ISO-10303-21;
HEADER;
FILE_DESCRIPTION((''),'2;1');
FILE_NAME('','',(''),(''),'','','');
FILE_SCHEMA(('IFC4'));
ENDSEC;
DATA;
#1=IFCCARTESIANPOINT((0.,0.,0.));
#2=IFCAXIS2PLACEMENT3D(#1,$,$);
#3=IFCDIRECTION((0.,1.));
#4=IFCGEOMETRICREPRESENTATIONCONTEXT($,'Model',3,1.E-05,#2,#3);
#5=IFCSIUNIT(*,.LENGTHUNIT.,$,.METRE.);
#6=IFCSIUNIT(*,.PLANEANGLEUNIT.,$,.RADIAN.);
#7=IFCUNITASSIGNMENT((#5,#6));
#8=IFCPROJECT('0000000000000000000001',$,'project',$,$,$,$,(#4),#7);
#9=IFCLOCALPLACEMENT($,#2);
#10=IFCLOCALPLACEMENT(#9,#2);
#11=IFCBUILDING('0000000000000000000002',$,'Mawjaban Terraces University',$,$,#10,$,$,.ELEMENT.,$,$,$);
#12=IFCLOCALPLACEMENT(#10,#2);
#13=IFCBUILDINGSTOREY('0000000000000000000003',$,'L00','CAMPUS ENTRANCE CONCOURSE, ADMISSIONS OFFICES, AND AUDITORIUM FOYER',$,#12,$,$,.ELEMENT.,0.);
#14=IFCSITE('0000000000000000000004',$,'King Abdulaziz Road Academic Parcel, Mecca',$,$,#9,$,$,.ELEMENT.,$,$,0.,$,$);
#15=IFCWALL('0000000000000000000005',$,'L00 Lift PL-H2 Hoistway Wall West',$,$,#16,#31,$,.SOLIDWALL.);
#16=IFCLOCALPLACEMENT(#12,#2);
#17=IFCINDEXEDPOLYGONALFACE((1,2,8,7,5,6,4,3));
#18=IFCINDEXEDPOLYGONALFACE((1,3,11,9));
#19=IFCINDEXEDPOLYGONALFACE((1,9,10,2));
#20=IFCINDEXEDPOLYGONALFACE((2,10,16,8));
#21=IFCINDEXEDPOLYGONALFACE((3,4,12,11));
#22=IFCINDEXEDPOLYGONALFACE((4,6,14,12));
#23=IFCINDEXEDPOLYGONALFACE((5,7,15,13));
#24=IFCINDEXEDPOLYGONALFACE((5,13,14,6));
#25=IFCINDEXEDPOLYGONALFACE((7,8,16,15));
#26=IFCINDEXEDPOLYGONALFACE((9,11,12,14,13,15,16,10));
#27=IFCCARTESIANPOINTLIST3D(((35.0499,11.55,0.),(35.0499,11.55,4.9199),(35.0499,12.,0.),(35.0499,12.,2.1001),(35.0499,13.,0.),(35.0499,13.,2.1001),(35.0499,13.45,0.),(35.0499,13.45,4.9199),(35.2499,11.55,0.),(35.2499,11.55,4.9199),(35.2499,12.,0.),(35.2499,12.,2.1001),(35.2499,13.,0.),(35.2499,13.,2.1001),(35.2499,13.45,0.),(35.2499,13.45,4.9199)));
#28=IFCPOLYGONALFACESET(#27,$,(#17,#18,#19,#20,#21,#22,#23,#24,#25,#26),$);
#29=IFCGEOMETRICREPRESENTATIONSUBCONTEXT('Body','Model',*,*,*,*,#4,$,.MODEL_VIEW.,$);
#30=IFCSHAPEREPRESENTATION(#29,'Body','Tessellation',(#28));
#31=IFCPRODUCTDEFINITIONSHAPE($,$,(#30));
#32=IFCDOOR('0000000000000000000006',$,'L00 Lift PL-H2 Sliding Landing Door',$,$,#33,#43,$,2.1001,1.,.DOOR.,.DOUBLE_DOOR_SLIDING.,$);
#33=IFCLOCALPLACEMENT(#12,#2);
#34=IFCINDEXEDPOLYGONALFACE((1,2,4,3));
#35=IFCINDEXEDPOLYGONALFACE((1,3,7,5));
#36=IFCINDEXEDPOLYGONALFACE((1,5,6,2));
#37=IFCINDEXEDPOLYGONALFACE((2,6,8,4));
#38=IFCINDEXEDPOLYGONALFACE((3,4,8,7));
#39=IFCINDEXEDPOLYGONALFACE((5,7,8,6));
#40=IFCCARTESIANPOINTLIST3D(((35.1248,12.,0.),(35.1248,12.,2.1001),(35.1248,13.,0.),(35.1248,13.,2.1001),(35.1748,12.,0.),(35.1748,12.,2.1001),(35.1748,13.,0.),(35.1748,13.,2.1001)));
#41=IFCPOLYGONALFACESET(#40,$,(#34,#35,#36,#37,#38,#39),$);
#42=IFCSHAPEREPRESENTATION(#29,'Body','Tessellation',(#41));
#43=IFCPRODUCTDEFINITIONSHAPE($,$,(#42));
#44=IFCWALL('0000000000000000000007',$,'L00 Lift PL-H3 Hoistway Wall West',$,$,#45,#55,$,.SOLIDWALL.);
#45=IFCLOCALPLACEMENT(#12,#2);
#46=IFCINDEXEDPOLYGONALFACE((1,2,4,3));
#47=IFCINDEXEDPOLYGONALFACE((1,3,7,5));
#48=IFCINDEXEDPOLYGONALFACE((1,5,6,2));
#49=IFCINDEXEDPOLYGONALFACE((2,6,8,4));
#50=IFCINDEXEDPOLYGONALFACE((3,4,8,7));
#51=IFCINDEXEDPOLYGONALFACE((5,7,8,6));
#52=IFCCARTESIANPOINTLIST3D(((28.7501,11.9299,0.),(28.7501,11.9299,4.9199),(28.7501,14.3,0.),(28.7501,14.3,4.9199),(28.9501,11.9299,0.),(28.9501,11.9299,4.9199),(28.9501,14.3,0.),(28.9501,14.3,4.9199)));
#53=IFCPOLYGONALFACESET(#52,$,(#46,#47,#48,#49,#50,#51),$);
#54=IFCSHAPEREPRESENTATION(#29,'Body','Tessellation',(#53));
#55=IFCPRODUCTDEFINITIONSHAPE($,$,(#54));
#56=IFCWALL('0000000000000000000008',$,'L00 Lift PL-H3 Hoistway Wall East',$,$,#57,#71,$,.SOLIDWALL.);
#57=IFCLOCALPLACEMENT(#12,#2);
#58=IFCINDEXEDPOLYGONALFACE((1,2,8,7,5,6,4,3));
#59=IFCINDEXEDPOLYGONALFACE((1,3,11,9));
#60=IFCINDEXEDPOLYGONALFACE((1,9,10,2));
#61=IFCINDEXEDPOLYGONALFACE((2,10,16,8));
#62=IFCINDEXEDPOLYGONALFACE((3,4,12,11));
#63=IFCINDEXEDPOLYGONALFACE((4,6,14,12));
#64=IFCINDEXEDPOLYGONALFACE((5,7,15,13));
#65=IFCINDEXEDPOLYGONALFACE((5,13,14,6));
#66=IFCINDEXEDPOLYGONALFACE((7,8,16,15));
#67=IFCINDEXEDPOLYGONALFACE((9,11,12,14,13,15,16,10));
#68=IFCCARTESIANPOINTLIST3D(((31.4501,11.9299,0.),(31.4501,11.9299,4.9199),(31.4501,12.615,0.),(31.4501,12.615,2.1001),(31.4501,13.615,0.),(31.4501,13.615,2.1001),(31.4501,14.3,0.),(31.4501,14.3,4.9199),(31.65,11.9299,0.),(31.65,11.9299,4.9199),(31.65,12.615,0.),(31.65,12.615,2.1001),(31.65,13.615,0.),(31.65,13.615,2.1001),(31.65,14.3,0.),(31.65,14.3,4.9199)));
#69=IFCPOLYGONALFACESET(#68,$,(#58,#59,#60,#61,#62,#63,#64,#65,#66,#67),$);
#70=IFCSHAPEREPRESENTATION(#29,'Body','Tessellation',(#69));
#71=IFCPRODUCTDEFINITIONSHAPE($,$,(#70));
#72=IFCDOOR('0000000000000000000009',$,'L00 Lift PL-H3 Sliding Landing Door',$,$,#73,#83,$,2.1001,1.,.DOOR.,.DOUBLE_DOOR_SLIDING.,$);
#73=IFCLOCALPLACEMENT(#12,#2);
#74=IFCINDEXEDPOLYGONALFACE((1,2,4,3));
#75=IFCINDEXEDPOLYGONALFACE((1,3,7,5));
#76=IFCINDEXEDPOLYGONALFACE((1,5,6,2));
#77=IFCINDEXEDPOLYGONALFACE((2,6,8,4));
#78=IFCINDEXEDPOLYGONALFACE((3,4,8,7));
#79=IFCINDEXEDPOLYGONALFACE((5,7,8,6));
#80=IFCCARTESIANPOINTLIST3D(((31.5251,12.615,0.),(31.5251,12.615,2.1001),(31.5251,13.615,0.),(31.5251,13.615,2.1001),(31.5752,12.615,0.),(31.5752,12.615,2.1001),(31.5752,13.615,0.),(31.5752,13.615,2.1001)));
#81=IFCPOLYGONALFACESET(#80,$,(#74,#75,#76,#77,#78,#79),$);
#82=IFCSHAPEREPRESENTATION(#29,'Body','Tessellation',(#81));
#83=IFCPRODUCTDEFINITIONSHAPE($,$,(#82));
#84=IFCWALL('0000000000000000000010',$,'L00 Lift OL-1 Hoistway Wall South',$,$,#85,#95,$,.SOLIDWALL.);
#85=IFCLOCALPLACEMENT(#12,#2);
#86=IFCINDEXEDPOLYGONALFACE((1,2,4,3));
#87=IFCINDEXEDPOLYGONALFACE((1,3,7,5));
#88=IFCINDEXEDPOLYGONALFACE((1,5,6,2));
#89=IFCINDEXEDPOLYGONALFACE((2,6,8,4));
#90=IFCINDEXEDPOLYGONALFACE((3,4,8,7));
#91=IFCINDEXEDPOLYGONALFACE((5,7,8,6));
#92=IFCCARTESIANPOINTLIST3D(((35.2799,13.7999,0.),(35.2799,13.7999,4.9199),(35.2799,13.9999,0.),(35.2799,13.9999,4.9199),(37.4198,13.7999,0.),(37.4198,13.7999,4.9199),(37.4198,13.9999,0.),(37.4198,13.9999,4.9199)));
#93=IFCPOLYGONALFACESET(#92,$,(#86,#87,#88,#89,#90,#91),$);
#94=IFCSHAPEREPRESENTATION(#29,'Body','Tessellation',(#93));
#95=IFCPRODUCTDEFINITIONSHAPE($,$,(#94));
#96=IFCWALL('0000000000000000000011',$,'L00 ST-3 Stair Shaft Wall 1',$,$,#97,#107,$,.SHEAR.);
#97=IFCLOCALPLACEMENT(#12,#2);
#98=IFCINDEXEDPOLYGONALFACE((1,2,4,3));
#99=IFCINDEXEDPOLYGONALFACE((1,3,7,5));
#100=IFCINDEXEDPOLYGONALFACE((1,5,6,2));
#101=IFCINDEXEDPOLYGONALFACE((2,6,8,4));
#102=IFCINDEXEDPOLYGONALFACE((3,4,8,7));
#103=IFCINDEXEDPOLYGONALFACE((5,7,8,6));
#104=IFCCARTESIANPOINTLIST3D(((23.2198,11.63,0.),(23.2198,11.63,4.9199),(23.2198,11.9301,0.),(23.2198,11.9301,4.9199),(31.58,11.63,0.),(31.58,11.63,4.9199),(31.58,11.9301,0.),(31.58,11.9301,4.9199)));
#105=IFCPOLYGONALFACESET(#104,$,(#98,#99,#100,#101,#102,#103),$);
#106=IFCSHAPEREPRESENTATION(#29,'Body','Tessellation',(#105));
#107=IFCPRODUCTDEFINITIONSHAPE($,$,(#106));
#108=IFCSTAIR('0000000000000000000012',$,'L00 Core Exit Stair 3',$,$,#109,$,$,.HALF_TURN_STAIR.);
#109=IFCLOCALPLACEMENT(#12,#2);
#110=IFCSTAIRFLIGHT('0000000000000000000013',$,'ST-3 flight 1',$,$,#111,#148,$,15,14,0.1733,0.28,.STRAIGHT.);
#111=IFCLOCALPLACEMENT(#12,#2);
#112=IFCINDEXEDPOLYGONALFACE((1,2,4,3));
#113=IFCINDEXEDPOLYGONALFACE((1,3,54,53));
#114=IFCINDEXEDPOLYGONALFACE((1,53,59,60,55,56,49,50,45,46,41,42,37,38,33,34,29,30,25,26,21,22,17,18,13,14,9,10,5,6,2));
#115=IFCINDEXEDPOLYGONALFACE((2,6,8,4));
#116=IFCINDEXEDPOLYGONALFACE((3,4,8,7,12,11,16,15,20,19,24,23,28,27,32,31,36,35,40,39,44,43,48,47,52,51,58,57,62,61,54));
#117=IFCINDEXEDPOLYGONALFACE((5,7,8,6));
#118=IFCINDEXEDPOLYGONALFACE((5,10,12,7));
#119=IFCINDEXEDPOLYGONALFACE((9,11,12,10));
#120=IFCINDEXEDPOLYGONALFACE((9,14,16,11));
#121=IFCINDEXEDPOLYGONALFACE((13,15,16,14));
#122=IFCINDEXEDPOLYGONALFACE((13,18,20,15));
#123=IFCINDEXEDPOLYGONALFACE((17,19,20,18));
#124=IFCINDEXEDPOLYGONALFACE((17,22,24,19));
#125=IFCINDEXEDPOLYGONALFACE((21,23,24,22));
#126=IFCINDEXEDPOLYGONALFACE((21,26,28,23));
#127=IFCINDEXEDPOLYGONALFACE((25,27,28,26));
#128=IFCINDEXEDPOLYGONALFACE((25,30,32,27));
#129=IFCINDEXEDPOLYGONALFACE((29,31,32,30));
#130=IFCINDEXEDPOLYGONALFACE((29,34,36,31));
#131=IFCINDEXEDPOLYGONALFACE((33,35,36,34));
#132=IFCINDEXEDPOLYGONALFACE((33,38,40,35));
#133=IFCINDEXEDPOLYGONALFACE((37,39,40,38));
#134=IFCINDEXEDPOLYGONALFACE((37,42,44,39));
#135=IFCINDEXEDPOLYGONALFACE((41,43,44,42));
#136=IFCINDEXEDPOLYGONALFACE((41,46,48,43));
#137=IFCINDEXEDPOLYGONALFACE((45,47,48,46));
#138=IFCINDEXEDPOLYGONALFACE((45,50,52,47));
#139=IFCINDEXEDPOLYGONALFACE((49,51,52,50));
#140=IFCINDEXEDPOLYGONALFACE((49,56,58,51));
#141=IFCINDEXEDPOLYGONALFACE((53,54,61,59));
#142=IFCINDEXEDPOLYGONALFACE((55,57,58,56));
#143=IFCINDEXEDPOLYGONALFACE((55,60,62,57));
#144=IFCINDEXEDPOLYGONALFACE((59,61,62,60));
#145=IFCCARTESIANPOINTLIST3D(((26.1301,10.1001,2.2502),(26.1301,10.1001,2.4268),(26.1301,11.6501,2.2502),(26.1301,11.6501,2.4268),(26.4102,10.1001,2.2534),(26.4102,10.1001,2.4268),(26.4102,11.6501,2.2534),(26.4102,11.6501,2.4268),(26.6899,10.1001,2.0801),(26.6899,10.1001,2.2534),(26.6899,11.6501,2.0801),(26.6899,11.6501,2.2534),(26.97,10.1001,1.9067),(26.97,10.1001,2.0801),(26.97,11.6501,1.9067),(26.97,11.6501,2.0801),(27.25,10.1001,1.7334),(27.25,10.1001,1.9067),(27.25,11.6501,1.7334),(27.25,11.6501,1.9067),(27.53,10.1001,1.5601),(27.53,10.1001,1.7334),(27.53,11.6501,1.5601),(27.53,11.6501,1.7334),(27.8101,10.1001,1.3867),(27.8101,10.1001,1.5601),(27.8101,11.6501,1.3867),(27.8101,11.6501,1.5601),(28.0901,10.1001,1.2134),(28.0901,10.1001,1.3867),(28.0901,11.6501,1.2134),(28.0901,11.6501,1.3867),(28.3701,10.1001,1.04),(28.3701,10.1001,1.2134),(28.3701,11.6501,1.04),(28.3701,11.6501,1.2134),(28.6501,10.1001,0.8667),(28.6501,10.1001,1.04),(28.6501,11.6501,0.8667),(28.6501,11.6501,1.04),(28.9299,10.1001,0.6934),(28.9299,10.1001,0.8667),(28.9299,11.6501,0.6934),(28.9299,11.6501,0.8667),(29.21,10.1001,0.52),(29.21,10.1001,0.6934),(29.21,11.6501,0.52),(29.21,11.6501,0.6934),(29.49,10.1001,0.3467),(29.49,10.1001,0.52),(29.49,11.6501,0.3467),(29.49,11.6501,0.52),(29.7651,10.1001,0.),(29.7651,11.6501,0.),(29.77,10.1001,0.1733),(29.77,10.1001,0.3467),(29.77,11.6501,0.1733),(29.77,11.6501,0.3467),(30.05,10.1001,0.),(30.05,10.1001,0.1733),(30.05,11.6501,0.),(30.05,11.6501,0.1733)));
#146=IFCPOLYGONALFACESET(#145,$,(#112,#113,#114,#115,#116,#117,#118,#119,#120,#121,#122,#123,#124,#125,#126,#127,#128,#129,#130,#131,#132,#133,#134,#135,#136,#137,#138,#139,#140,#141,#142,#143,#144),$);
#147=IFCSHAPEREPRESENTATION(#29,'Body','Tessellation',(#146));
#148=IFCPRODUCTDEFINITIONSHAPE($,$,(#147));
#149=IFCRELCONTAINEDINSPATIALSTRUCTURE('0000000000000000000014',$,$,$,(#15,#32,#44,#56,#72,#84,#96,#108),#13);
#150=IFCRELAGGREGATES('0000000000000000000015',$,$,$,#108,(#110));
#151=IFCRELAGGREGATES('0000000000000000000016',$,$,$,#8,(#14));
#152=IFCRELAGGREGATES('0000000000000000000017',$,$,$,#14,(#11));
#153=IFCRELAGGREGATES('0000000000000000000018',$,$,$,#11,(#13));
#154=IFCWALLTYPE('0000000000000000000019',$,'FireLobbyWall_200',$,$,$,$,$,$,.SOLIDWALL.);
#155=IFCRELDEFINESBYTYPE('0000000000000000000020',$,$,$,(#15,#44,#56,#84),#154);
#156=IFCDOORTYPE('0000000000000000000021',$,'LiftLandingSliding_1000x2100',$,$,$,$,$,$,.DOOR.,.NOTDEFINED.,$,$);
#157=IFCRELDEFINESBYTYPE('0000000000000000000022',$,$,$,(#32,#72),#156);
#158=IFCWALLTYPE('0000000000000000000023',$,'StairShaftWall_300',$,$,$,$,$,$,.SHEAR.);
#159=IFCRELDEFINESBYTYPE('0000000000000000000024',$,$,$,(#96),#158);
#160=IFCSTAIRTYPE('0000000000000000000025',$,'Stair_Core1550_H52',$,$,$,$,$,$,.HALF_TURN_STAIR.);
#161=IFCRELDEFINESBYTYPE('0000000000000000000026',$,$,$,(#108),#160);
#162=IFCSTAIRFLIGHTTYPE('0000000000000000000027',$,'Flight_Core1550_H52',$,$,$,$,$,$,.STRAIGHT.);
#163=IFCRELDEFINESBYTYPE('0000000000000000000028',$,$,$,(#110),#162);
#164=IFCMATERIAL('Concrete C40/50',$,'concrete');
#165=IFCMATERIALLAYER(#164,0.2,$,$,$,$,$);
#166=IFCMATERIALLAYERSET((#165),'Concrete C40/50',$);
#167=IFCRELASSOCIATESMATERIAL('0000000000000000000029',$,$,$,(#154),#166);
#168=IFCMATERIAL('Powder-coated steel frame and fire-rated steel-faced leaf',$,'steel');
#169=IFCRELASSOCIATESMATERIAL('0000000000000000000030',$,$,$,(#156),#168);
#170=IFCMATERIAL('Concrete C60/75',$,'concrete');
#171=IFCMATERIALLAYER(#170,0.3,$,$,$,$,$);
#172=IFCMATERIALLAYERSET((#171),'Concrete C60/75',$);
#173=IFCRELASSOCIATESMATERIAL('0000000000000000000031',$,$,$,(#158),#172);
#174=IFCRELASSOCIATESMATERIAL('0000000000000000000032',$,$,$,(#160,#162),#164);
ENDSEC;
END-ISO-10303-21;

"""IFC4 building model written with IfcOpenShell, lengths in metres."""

from ifc_helpers import new_model, si_unit, direction, frame, frame_2d, origin, place, context, subcontext, project, spatial, polyline, rectangle, outline, extrude, material, layer, layer_set, type_object, element, fill, aggregate, save


model = new_model("IFC4")

# Units and contexts
model_context = context("Model", 3, precision=1e-05, world=origin(), true_north=direction((0.0, 1.0)))
body_context = subcontext(model_context, "Body", "Model", "MODEL_VIEW")
ifc_project = project(units=[si_unit("LENGTHUNIT", "METRE"), si_unit("PLANEANGLEUNIT", "RADIAN")], contexts=[model_context])

# Site, building, storey
site_placement = place(None, origin())
site = spatial("IfcSite", under=ifc_project, at=site_placement, Name="King Abdulaziz Road Academic Parcel, Mecca", CompositionType="ELEMENT", RefElevation=0.0)
building_placement = place(site_placement, origin())
building = spatial("IfcBuilding", under=site, at=building_placement, Name="Mawjaban Terraces University", CompositionType="ELEMENT")
storey_placement = place(building_placement, origin())
storey = spatial("IfcBuildingStorey", under=building, at=storey_placement, Name="L00", Description="CAMPUS ENTRANCE CONCOURSE, ADMISSIONS OFFICES, AND AUDITORIUM FOYER", CompositionType="ELEMENT", Elevation=0.0)

# Shared definitions
ifc_material_1 = material(Name="Concrete C40/50", Category="concrete")
ifc_layer_1 = layer(ifc_material_1, 0.2)
ifc_layer_set_1 = layer_set([ifc_layer_1], Name="Concrete C40/50")
wall_type_1 = type_object("IfcWallType", Name="FireLobbyWall_200", PredefinedType="SOLIDWALL", material=ifc_layer_set_1)
ifc_material_2 = material(Name="Powder-coated steel frame and fire-rated steel-faced leaf", Category="steel")
door_type_1 = type_object("IfcDoorType", Name="LiftLandingSliding_1000x2100", OperationType="NOTDEFINED", PredefinedType="DOOR", material=ifc_material_2)

# Wall, opening, door
wall_1_placement = place(storey_placement, frame((35.1499, 13.45, 0.0), z_axis=(0.0, 0.0, 1.0), x_axis=(0.0, -1.0, 0.0)))
wall_1 = element("IfcWall", 1, at=wall_1_placement, inside=storey, type_object=wall_type_1, Name="L00 Lift PL-H2 Hoistway Wall West", PredefinedType="SOLIDWALL", context=body_context, shape_type="SweptSolid", body=[
    extrude(rectangle(XDim=1.8999, YDim=0.2, at=frame_2d((0.95, 0.0))), origin(), (0.0, 0.0, 1.0), 4.9199),
])
opening_1_placement = place(wall_1_placement, frame((0.45, 0.0, 0.0)))
opening_1 = element("IfcOpeningElement", 2, at=opening_1_placement, cuts=wall_1, PredefinedType="OPENING", context=body_context, shape_type="SweptSolid", body=[
    extrude(rectangle(XDim=1.0, YDim=2.1001, at=frame_2d((0.5, 1.05))), frame((0.0, 0.1099, 0.0), z_axis=(0.0, -1.0, 0.0), x_axis=(1.0, 0.0, 0.0)), (0.0, 0.0, 1.0), 0.22),
])
door_1_placement = place(opening_1_placement, origin())
door_1 = element("IfcDoor", 3, at=door_1_placement, inside=storey, type_object=door_type_1, Name="L00 Lift PL-H2 Sliding Landing Door", OperationType="DOUBLE_DOOR_SLIDING", OverallHeight=2.1001, OverallWidth=1.0, PredefinedType="DOOR", context=body_context, shape_type="SweptSolid", body=[
    extrude(rectangle(XDim=1.0, YDim=2.1001, at=frame_2d((0.5, 1.05))), frame((0.0, 0.0249, 0.0), z_axis=(0.0, -1.0, 0.0), x_axis=(1.0, 0.0, 0.0)), (0.0, 0.0, 1.0), 0.05),
])
fill(opening_1, door_1)

# Wall
wall_2_placement = place(storey_placement, frame((28.8501, 14.3, 0.0), z_axis=(0.0, 0.0, 1.0), x_axis=(0.0, -1.0, 0.0)))
element("IfcWall", 4, at=wall_2_placement, inside=storey, type_object=wall_type_1, Name="L00 Lift PL-H3 Hoistway Wall West", PredefinedType="SOLIDWALL", context=body_context, shape_type="SweptSolid", body=[
    extrude(rectangle(XDim=2.3701, YDim=0.2, at=frame_2d((1.1851, 0.0))), origin(), (0.0, 0.0, 1.0), 4.9199),
])

# Wall, opening, door
wall_3_placement = place(storey_placement, frame((31.55, 11.9299, 0.0), z_axis=(0.0, 0.0, 1.0), x_axis=(0.0, 1.0, 0.0)))
wall_3 = element("IfcWall", 5, at=wall_3_placement, inside=storey, type_object=wall_type_1, Name="L00 Lift PL-H3 Hoistway Wall East", PredefinedType="SOLIDWALL", context=body_context, shape_type="SweptSolid", body=[
    extrude(rectangle(XDim=2.3701, YDim=0.2, at=frame_2d((1.1851, 0.0))), origin(), (0.0, 0.0, 1.0), 4.9199),
])
opening_2_placement = place(wall_3_placement, frame((0.6851, 0.0, 0.0)))
opening_2 = element("IfcOpeningElement", 6, at=opening_2_placement, cuts=wall_3, PredefinedType="OPENING", context=body_context, shape_type="SweptSolid", body=[
    extrude(rectangle(XDim=1.0, YDim=2.1001, at=frame_2d((0.5, 1.05))), frame((0.0, 0.1099, 0.0), z_axis=(0.0, -1.0, 0.0), x_axis=(1.0, 0.0, 0.0)), (0.0, 0.0, 1.0), 0.22),
])
door_2_placement = place(opening_2_placement, origin())
door_2 = element("IfcDoor", 7, at=door_2_placement, inside=storey, type_object=door_type_1, Name="L00 Lift PL-H3 Sliding Landing Door", OperationType="DOUBLE_DOOR_SLIDING", OverallHeight=2.1001, OverallWidth=1.0, PredefinedType="DOOR", context=body_context, shape_type="SweptSolid", body=[
    extrude(rectangle(XDim=1.0, YDim=2.1001, at=frame_2d((0.5, 1.05))), frame((0.0, 0.0249, 0.0), z_axis=(0.0, -1.0, 0.0), x_axis=(1.0, 0.0, 0.0)), (0.0, 0.0, 1.0), 0.05),
])
fill(opening_2, door_2)

# Walls
wall_4_placement = place(storey_placement, frame((35.28, 13.8999, 0.0), z_axis=(0.0, 0.0, 1.0), x_axis=(1.0, 0.0, 0.0)))
element("IfcWall", 8, at=wall_4_placement, inside=storey, type_object=wall_type_1, Name="L00 Lift OL-1 Hoistway Wall South", PredefinedType="SOLIDWALL", context=body_context, shape_type="SweptSolid", body=[
    extrude(rectangle(XDim=2.1399, YDim=0.2, at=frame_2d((1.0698, 0.0))), origin(), (0.0, 0.0, 1.0), 4.9199),
])
ifc_material_3 = material(Name="Concrete C60/75", Category="concrete")
ifc_layer_2 = layer(ifc_material_3, 0.3)
ifc_layer_set_2 = layer_set([ifc_layer_2], Name="Concrete C60/75")
wall_type_2 = type_object("IfcWallType", Name="StairShaftWall_300", PredefinedType="SHEAR", material=ifc_layer_set_2)
wall_5_placement = place(storey_placement, frame((31.5801, 11.78, 0.0), z_axis=(0.0, 0.0, 1.0), x_axis=(-1.0, 0.0, 0.0)))
element("IfcWall", 9, at=wall_5_placement, inside=storey, type_object=wall_type_2, Name="L00 ST-3 Stair Shaft Wall 1", PredefinedType="SHEAR", context=body_context, shape_type="SweptSolid", body=[
    extrude(rectangle(XDim=8.3601, YDim=0.3, at=frame_2d((4.1802, 0.0))), origin(), (0.0, 0.0, 1.0), 4.9199),
])

# Stair, stair flight
stair_type = type_object("IfcStairType", Name="Stair_Core1550_H52", PredefinedType="HALF_TURN_STAIR", material=ifc_material_1)
stair_placement = place(storey_placement, origin())
stair = element("IfcStair", 10, at=stair_placement, inside=storey, type_object=stair_type, Name="L00 Core Exit Stair 3", PredefinedType="HALF_TURN_STAIR")
stair_flight_type = type_object("IfcStairFlightType", Name="Flight_Core1550_H52", PredefinedType="STRAIGHT", material=ifc_material_1)
stair_flight_1_placement = place(storey_placement, frame((30.05, 10.875, 0.0), z_axis=(0.0, 0.0, 1.0), x_axis=(-1.0, 0.0, 0.0)))
stair_flight_1 = element("IfcStairFlight", 11, at=stair_flight_1_placement, type_object=stair_flight_type, Name="ST-3 flight 1", NumberOfRisers=15, NumberOfTreads=14, PredefinedType="STRAIGHT", RiserHeight=0.1733, TreadLength=0.28, context=body_context, shape_type="SweptSolid", body=[
    extrude(outline(polyline([(0.0, 0.0), (0.0, 0.1733), (0.28, 0.1733), (0.28, 0.3467), (0.5601, 0.3467), (0.5601, 0.52), (0.8401, 0.52), (0.8401, 0.6934), (1.1201, 0.6934), (1.1201, 0.8667), (1.3999, 0.8667), (1.3999, 1.04), (1.6799, 1.04), (1.6799, 1.2134), (1.96, 1.2134), (1.96, 1.3867), (2.24, 1.3867), (2.24, 1.5601), (2.52, 1.5601), (2.52, 1.7334), (2.8, 1.7334), (2.8, 1.9067), (3.0801, 1.9067), (3.0801, 2.0801), (3.3601, 2.0801), (3.3601, 2.2534), (3.6399, 2.2534), (3.6399, 2.4268), (3.9199, 2.4268), (3.9199, 2.6001), (3.9199, 2.2502), (0.2849, 0.0), (0.0, 0.0)])), frame((0.0, 0.7749, 0.0), z_axis=(0.0, -1.0, 0.0), x_axis=(1.0, 0.0, 0.0)), (0.0, 0.0, 1.0), 1.55),
])
aggregate(stair, [stair_flight_1])

save(model, "model.ifc")
